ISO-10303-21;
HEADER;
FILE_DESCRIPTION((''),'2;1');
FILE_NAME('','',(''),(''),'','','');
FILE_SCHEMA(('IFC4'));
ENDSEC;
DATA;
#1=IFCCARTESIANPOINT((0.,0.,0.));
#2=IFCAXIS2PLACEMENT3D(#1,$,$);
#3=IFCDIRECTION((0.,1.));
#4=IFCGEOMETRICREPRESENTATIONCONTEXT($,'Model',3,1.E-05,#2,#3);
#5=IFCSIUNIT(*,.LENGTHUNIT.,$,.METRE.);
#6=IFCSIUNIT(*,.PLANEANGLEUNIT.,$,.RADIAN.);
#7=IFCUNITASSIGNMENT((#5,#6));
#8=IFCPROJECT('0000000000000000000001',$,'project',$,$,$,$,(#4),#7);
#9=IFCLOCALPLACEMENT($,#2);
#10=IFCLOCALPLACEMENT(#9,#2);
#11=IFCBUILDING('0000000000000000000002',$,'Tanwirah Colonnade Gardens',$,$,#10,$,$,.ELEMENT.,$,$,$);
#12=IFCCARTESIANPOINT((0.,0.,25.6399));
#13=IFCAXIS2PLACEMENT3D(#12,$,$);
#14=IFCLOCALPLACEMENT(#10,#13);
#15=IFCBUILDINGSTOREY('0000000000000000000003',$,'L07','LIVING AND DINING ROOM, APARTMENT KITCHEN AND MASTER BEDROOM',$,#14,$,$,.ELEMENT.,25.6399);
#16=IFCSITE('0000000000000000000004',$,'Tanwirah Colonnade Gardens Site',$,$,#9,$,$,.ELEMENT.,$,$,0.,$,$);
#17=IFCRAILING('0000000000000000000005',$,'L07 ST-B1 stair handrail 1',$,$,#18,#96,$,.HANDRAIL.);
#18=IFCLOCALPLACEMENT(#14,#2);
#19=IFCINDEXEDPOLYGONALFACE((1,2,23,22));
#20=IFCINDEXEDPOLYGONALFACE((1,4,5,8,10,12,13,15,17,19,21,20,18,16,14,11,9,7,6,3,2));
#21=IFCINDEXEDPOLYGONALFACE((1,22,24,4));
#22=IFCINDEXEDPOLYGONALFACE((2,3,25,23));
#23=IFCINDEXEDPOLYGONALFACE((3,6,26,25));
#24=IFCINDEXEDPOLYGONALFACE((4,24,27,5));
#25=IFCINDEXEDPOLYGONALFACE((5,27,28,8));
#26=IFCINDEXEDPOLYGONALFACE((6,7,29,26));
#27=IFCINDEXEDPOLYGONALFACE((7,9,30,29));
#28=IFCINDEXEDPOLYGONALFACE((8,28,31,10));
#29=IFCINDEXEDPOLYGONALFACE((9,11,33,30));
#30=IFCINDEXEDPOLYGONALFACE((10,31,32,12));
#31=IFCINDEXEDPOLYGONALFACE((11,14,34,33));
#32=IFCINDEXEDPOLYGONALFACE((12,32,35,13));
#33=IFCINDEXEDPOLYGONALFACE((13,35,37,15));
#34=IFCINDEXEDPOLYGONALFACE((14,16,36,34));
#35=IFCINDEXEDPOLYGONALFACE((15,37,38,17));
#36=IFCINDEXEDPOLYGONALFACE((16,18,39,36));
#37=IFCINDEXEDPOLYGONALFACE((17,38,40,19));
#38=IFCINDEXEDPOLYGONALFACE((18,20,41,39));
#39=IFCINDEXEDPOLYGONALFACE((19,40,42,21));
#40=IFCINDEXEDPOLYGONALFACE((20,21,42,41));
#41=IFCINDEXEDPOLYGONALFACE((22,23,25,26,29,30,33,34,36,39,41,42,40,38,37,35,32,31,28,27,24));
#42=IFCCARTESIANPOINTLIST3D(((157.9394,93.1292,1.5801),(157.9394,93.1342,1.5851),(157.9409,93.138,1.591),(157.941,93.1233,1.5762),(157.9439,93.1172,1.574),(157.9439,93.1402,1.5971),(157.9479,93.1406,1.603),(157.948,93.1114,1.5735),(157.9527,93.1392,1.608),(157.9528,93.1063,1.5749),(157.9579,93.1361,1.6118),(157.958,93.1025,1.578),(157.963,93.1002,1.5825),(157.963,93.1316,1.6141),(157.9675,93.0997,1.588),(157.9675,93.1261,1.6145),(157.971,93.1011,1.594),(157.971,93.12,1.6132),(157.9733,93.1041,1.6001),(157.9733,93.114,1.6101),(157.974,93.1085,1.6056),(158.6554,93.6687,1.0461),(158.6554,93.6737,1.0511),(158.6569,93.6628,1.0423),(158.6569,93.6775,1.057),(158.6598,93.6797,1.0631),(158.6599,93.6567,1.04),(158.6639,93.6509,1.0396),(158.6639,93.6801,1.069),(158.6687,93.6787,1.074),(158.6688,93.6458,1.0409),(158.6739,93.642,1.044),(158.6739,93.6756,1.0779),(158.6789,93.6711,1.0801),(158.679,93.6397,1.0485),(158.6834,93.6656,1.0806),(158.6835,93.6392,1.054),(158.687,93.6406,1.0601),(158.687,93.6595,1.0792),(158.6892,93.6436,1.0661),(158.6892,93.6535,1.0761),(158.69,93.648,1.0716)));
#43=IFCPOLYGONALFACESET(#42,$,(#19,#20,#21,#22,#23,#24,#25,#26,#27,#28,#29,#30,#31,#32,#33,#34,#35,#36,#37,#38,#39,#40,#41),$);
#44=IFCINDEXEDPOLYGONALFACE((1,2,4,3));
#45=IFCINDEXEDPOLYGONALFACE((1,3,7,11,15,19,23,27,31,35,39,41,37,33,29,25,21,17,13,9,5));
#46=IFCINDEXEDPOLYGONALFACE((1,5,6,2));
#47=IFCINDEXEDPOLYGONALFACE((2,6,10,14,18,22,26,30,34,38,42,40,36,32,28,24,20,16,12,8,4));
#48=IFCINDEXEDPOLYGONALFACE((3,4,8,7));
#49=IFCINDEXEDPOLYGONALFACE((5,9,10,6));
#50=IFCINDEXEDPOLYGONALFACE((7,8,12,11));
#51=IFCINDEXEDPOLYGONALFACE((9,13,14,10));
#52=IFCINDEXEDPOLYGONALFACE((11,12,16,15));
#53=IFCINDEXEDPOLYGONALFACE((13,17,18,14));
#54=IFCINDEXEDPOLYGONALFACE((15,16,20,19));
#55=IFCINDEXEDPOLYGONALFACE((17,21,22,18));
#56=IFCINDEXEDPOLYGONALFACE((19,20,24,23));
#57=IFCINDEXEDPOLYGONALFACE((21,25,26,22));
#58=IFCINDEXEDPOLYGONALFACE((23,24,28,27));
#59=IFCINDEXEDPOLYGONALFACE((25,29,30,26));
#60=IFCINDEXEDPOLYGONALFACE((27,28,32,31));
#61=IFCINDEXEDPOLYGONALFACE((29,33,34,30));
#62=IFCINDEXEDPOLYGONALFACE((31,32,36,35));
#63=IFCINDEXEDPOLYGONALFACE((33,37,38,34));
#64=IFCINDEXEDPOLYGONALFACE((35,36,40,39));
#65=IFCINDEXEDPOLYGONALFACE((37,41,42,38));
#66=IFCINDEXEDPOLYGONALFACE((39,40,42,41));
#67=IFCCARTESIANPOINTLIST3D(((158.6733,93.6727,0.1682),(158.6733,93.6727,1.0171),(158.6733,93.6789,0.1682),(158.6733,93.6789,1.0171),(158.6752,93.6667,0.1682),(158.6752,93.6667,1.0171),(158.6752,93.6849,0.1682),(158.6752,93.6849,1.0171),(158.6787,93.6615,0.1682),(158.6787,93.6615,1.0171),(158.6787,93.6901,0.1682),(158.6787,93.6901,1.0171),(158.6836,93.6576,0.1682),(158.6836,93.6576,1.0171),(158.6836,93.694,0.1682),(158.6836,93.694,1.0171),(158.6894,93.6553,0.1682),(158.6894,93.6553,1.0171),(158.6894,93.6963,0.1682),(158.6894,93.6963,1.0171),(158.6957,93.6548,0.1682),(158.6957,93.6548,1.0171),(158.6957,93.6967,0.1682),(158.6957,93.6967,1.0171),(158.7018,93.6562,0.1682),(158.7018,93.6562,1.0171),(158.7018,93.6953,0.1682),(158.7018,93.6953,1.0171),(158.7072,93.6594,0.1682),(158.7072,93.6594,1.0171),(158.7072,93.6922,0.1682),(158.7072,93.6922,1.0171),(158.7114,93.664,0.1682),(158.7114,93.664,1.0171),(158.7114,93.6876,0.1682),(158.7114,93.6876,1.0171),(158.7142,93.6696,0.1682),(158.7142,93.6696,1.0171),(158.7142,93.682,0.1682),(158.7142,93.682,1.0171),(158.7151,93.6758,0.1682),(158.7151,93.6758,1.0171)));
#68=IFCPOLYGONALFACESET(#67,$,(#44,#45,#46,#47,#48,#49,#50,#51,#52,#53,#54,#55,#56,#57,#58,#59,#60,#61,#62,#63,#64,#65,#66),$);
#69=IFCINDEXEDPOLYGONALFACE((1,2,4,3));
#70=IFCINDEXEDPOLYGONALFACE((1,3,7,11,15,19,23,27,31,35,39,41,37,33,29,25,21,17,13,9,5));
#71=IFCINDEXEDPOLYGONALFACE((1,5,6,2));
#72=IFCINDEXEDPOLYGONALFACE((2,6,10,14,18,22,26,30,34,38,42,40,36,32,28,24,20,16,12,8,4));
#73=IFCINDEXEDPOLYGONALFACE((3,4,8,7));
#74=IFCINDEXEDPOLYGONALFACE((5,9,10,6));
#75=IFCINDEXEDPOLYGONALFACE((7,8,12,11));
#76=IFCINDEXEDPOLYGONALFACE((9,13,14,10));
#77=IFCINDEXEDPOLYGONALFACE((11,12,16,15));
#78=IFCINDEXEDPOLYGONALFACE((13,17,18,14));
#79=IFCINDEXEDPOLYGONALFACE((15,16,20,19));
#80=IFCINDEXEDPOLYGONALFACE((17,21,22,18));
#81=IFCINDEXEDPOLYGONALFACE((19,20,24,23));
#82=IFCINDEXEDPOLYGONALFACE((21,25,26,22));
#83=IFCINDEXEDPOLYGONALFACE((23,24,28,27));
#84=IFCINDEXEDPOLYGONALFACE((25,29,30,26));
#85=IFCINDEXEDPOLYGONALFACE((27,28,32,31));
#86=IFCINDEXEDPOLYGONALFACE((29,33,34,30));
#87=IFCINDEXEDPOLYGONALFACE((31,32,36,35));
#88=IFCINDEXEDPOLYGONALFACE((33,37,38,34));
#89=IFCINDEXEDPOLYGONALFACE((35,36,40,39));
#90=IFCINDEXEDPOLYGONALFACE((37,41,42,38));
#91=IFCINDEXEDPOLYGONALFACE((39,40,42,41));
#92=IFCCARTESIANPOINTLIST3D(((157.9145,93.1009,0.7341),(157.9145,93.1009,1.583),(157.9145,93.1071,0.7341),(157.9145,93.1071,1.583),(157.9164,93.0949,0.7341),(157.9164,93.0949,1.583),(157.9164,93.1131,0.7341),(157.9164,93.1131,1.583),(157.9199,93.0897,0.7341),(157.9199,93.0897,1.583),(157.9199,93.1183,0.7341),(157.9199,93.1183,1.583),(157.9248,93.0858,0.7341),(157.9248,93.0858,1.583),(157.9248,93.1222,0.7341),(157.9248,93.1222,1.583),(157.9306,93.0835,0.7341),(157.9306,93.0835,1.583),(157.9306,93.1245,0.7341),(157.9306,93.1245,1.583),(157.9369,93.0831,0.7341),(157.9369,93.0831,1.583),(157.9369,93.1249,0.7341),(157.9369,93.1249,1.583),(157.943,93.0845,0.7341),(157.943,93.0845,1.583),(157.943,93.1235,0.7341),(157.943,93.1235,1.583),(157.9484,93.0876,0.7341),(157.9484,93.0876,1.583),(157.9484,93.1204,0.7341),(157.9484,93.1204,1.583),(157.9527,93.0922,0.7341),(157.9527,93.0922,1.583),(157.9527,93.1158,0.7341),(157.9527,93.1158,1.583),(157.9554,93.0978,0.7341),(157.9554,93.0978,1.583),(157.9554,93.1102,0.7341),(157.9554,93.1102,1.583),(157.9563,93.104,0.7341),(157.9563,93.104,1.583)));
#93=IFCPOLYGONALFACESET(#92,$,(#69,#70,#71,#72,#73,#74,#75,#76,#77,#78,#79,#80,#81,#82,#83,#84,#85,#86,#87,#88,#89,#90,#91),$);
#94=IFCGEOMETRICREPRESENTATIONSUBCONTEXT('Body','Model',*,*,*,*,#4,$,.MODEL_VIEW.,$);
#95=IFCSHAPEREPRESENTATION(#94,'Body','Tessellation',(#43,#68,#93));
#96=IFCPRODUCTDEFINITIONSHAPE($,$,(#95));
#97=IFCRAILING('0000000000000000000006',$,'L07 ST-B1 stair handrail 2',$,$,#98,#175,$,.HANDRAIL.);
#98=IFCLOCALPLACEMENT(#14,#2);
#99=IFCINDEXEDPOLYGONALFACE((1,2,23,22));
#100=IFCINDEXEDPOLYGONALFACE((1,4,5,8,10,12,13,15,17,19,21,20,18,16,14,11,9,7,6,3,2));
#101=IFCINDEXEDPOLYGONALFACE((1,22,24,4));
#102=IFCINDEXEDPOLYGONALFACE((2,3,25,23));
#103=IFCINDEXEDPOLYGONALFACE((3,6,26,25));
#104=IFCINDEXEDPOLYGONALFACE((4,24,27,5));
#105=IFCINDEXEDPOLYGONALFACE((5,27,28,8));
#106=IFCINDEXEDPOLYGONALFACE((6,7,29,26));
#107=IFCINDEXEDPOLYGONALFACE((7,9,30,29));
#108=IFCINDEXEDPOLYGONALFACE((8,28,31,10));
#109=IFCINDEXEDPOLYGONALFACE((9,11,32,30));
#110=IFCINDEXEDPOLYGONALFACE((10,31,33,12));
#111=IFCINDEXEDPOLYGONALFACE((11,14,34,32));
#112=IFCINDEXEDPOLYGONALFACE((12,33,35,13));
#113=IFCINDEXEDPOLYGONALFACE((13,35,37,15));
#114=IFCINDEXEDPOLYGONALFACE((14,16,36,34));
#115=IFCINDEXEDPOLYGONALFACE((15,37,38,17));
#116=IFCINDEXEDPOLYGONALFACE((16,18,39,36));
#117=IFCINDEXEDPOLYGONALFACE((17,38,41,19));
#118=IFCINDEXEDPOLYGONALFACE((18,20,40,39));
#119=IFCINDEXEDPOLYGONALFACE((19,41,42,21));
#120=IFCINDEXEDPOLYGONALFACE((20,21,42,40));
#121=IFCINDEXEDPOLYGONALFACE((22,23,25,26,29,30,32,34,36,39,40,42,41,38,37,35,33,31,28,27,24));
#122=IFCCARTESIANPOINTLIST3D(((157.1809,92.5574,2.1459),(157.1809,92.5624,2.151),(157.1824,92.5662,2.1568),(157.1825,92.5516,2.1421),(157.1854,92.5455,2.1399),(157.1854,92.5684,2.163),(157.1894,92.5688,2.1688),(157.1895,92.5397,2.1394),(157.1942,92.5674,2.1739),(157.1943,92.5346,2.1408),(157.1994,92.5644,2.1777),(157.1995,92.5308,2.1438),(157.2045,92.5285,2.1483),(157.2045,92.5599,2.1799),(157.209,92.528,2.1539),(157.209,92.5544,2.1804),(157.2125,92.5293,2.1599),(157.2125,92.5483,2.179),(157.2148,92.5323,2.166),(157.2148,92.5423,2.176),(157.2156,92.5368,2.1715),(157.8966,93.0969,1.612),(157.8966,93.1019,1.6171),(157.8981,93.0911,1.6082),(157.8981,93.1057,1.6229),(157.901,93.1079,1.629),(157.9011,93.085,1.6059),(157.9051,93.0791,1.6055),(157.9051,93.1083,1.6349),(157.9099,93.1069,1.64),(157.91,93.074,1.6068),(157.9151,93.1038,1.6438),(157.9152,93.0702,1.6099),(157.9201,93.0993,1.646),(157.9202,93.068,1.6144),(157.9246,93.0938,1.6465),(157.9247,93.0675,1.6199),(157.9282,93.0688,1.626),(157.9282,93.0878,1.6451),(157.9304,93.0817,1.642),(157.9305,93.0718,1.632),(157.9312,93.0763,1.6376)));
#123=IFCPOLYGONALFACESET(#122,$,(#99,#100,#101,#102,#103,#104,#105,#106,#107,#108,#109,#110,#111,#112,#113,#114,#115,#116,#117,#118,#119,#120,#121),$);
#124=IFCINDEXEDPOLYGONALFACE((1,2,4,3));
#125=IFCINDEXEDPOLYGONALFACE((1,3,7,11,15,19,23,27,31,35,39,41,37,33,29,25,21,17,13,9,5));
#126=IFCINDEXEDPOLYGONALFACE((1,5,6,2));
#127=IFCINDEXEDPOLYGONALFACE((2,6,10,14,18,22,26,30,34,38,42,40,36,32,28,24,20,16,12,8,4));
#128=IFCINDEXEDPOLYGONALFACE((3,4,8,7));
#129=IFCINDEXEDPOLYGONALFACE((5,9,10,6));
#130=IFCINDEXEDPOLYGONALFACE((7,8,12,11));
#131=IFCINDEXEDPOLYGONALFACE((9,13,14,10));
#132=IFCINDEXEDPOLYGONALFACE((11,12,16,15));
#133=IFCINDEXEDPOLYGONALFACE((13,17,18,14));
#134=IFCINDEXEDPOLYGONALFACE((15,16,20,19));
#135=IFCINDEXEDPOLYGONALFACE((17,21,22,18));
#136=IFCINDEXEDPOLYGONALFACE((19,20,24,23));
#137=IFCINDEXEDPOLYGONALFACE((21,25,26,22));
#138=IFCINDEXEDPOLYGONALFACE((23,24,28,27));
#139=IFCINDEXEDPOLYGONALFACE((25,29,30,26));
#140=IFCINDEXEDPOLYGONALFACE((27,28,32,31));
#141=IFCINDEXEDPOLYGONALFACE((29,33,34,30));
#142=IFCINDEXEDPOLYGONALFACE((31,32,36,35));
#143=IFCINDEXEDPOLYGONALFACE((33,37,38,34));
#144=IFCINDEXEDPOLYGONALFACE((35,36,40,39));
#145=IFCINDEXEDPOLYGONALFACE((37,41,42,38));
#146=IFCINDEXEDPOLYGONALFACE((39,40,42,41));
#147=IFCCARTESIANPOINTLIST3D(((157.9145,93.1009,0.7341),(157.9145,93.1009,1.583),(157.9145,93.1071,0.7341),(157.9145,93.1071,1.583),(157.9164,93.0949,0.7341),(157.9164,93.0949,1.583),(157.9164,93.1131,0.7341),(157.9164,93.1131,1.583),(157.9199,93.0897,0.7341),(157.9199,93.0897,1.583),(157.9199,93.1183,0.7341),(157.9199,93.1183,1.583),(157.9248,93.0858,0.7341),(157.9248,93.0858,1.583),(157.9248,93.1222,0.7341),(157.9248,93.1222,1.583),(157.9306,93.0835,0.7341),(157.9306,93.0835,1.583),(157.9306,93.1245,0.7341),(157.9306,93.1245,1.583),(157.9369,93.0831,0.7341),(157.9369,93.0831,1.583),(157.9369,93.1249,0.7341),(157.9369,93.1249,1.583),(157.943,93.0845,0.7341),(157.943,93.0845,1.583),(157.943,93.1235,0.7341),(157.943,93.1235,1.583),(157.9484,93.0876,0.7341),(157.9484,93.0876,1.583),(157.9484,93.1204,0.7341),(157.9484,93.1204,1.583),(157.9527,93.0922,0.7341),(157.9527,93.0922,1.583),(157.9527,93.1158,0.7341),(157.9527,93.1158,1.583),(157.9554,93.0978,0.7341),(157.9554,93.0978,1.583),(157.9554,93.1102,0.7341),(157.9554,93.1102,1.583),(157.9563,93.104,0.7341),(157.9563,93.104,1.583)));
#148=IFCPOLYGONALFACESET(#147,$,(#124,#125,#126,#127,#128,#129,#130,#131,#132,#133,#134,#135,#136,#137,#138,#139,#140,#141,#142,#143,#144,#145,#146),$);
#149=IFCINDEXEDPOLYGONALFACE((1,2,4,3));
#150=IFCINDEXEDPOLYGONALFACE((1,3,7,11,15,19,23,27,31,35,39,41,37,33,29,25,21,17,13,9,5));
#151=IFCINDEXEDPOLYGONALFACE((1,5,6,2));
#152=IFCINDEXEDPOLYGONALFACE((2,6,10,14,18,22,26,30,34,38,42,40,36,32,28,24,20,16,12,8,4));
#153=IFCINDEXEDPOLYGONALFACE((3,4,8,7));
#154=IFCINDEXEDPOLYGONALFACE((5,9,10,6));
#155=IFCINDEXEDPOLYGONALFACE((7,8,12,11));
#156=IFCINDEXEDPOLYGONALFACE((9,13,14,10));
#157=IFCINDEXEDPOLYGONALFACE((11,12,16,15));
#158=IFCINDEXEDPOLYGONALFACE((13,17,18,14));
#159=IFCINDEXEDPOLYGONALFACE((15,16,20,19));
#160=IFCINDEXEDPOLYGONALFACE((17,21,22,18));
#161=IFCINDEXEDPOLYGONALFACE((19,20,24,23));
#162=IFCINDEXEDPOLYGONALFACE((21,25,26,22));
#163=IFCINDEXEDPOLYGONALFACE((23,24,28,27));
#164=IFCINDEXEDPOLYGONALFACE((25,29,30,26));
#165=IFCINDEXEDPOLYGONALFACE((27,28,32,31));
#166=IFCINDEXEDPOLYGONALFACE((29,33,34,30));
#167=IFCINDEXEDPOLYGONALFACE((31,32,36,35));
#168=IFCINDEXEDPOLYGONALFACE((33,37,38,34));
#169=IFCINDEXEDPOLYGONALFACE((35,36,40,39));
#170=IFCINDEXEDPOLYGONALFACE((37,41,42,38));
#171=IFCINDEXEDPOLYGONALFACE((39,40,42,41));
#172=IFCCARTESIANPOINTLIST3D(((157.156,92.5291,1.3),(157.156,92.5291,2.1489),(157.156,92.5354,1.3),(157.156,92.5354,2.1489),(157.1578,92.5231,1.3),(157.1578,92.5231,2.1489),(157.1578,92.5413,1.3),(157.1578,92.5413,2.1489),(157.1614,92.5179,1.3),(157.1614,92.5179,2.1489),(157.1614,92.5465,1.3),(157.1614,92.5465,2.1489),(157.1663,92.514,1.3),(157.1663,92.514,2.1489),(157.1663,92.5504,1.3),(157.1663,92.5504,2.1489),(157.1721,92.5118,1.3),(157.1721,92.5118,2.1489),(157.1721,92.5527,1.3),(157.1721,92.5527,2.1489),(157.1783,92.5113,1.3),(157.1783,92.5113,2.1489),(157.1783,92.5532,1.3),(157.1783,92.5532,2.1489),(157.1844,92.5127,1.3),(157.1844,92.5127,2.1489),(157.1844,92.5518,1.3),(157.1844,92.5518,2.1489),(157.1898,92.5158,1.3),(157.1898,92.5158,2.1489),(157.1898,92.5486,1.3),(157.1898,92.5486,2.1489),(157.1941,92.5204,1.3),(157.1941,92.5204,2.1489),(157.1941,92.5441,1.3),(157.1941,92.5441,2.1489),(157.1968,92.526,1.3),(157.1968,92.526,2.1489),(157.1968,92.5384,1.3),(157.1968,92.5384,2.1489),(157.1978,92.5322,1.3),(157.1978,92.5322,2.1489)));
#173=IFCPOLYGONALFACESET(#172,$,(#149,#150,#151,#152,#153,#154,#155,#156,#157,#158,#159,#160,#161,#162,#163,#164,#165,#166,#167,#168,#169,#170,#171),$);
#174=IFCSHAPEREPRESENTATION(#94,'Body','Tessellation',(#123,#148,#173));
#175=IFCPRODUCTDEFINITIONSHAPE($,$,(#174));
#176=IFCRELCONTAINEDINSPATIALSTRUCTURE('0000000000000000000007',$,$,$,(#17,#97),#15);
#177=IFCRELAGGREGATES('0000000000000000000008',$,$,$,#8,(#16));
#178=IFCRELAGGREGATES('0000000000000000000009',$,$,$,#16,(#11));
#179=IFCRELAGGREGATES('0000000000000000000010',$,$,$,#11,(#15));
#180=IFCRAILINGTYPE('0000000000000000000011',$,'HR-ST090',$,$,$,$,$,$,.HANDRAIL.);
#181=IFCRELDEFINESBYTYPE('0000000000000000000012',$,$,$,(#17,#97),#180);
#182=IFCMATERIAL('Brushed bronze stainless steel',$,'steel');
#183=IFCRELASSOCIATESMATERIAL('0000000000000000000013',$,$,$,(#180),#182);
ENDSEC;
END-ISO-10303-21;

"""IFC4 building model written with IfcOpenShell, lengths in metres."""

from ifc_helpers import new_model, si_unit, direction, frame, origin, origin_2d, place, context, subcontext, project, spatial, circle, extrude, material, type_object, element, save


model = new_model("IFC4")

# Units and contexts
model_context = context("Model", 3, precision=1e-05, world=origin(), true_north=direction((0.0, 1.0)))
body_context = subcontext(model_context, "Body", "Model", "MODEL_VIEW")
ifc_project = project(units=[si_unit("LENGTHUNIT", "METRE"), si_unit("PLANEANGLEUNIT", "RADIAN")], contexts=[model_context])

# Site, building, storey
site_placement = place(None, origin())
site = spatial("IfcSite", under=ifc_project, at=site_placement, Name="Tanwirah Colonnade Gardens Site", CompositionType="ELEMENT", RefElevation=0.0)
building_placement = place(site_placement, origin())
building = spatial("IfcBuilding", under=site, at=building_placement, Name="Tanwirah Colonnade Gardens", CompositionType="ELEMENT")
storey_placement = place(building_placement, frame((0.0, 0.0, 25.6399)))
storey = spatial("IfcBuildingStorey", under=building, at=storey_placement, Name="L07", Description="LIVING AND DINING ROOM, APARTMENT KITCHEN AND MASTER BEDROOM", CompositionType="ELEMENT", Elevation=25.6399)

# Railings
ifc_material_1 = material(Name="Brushed bronze stainless steel", Category="steel")
railing_type_1 = type_object("IfcRailingType", Name="HR-ST090", PredefinedType="HANDRAIL", material=ifc_material_1)
railing_1_placement = place(storey_placement, frame((158.6941, 93.6758, 0.1682)))
element("IfcRailing", 1, at=railing_1_placement, inside=storey, type_object=railing_type_1, Name="L07 ST-B1 stair handrail 1", PredefinedType="HANDRAIL", context=body_context, shape_type="SweptSolid", body=[
    extrude(circle(Radius=0.0239, at=origin_2d()), frame((-0.0215, -0.0161, 0.8918), z_axis=(-0.686145, -0.517037, 0.511739), x_axis=(0.601807, -0.798641, 0.0)), (0.0, 0.0, 1.0), 1.0435),
    extrude(circle(Radius=0.021, at=origin_2d()), origin(), (0.0, 0.0, 1.0), 0.8489),
    extrude(circle(Radius=0.021, at=origin_2d()), frame((-0.7588, -0.5718, 0.5659)), (0.0, 0.0, 1.0), 0.8489),
])
railing_2_placement = place(storey_placement, frame((157.9353, 93.104, 0.7341)))
element("IfcRailing", 2, at=railing_2_placement, inside=storey, type_object=railing_type_1, Name="L07 ST-B1 stair handrail 2", PredefinedType="HANDRAIL", context=body_context, shape_type="SweptSolid", body=[
    extrude(circle(Radius=0.0239, at=origin_2d()), frame((-0.0215, -0.0161, 0.8918), z_axis=(-0.686028, -0.517116, 0.511817), x_axis=(0.601931, -0.798548, 0.0)), (0.0, 0.0, 1.0), 1.0432),
    extrude(circle(Radius=0.021, at=origin_2d()), origin(), (0.0, 0.0, 1.0), 0.8489),
    extrude(circle(Radius=0.021, at=origin_2d()), frame((-0.7585, -0.5718, 0.5659)), (0.0, 0.0, 1.0), 0.8489),
])

save(model, "model.ifc")
